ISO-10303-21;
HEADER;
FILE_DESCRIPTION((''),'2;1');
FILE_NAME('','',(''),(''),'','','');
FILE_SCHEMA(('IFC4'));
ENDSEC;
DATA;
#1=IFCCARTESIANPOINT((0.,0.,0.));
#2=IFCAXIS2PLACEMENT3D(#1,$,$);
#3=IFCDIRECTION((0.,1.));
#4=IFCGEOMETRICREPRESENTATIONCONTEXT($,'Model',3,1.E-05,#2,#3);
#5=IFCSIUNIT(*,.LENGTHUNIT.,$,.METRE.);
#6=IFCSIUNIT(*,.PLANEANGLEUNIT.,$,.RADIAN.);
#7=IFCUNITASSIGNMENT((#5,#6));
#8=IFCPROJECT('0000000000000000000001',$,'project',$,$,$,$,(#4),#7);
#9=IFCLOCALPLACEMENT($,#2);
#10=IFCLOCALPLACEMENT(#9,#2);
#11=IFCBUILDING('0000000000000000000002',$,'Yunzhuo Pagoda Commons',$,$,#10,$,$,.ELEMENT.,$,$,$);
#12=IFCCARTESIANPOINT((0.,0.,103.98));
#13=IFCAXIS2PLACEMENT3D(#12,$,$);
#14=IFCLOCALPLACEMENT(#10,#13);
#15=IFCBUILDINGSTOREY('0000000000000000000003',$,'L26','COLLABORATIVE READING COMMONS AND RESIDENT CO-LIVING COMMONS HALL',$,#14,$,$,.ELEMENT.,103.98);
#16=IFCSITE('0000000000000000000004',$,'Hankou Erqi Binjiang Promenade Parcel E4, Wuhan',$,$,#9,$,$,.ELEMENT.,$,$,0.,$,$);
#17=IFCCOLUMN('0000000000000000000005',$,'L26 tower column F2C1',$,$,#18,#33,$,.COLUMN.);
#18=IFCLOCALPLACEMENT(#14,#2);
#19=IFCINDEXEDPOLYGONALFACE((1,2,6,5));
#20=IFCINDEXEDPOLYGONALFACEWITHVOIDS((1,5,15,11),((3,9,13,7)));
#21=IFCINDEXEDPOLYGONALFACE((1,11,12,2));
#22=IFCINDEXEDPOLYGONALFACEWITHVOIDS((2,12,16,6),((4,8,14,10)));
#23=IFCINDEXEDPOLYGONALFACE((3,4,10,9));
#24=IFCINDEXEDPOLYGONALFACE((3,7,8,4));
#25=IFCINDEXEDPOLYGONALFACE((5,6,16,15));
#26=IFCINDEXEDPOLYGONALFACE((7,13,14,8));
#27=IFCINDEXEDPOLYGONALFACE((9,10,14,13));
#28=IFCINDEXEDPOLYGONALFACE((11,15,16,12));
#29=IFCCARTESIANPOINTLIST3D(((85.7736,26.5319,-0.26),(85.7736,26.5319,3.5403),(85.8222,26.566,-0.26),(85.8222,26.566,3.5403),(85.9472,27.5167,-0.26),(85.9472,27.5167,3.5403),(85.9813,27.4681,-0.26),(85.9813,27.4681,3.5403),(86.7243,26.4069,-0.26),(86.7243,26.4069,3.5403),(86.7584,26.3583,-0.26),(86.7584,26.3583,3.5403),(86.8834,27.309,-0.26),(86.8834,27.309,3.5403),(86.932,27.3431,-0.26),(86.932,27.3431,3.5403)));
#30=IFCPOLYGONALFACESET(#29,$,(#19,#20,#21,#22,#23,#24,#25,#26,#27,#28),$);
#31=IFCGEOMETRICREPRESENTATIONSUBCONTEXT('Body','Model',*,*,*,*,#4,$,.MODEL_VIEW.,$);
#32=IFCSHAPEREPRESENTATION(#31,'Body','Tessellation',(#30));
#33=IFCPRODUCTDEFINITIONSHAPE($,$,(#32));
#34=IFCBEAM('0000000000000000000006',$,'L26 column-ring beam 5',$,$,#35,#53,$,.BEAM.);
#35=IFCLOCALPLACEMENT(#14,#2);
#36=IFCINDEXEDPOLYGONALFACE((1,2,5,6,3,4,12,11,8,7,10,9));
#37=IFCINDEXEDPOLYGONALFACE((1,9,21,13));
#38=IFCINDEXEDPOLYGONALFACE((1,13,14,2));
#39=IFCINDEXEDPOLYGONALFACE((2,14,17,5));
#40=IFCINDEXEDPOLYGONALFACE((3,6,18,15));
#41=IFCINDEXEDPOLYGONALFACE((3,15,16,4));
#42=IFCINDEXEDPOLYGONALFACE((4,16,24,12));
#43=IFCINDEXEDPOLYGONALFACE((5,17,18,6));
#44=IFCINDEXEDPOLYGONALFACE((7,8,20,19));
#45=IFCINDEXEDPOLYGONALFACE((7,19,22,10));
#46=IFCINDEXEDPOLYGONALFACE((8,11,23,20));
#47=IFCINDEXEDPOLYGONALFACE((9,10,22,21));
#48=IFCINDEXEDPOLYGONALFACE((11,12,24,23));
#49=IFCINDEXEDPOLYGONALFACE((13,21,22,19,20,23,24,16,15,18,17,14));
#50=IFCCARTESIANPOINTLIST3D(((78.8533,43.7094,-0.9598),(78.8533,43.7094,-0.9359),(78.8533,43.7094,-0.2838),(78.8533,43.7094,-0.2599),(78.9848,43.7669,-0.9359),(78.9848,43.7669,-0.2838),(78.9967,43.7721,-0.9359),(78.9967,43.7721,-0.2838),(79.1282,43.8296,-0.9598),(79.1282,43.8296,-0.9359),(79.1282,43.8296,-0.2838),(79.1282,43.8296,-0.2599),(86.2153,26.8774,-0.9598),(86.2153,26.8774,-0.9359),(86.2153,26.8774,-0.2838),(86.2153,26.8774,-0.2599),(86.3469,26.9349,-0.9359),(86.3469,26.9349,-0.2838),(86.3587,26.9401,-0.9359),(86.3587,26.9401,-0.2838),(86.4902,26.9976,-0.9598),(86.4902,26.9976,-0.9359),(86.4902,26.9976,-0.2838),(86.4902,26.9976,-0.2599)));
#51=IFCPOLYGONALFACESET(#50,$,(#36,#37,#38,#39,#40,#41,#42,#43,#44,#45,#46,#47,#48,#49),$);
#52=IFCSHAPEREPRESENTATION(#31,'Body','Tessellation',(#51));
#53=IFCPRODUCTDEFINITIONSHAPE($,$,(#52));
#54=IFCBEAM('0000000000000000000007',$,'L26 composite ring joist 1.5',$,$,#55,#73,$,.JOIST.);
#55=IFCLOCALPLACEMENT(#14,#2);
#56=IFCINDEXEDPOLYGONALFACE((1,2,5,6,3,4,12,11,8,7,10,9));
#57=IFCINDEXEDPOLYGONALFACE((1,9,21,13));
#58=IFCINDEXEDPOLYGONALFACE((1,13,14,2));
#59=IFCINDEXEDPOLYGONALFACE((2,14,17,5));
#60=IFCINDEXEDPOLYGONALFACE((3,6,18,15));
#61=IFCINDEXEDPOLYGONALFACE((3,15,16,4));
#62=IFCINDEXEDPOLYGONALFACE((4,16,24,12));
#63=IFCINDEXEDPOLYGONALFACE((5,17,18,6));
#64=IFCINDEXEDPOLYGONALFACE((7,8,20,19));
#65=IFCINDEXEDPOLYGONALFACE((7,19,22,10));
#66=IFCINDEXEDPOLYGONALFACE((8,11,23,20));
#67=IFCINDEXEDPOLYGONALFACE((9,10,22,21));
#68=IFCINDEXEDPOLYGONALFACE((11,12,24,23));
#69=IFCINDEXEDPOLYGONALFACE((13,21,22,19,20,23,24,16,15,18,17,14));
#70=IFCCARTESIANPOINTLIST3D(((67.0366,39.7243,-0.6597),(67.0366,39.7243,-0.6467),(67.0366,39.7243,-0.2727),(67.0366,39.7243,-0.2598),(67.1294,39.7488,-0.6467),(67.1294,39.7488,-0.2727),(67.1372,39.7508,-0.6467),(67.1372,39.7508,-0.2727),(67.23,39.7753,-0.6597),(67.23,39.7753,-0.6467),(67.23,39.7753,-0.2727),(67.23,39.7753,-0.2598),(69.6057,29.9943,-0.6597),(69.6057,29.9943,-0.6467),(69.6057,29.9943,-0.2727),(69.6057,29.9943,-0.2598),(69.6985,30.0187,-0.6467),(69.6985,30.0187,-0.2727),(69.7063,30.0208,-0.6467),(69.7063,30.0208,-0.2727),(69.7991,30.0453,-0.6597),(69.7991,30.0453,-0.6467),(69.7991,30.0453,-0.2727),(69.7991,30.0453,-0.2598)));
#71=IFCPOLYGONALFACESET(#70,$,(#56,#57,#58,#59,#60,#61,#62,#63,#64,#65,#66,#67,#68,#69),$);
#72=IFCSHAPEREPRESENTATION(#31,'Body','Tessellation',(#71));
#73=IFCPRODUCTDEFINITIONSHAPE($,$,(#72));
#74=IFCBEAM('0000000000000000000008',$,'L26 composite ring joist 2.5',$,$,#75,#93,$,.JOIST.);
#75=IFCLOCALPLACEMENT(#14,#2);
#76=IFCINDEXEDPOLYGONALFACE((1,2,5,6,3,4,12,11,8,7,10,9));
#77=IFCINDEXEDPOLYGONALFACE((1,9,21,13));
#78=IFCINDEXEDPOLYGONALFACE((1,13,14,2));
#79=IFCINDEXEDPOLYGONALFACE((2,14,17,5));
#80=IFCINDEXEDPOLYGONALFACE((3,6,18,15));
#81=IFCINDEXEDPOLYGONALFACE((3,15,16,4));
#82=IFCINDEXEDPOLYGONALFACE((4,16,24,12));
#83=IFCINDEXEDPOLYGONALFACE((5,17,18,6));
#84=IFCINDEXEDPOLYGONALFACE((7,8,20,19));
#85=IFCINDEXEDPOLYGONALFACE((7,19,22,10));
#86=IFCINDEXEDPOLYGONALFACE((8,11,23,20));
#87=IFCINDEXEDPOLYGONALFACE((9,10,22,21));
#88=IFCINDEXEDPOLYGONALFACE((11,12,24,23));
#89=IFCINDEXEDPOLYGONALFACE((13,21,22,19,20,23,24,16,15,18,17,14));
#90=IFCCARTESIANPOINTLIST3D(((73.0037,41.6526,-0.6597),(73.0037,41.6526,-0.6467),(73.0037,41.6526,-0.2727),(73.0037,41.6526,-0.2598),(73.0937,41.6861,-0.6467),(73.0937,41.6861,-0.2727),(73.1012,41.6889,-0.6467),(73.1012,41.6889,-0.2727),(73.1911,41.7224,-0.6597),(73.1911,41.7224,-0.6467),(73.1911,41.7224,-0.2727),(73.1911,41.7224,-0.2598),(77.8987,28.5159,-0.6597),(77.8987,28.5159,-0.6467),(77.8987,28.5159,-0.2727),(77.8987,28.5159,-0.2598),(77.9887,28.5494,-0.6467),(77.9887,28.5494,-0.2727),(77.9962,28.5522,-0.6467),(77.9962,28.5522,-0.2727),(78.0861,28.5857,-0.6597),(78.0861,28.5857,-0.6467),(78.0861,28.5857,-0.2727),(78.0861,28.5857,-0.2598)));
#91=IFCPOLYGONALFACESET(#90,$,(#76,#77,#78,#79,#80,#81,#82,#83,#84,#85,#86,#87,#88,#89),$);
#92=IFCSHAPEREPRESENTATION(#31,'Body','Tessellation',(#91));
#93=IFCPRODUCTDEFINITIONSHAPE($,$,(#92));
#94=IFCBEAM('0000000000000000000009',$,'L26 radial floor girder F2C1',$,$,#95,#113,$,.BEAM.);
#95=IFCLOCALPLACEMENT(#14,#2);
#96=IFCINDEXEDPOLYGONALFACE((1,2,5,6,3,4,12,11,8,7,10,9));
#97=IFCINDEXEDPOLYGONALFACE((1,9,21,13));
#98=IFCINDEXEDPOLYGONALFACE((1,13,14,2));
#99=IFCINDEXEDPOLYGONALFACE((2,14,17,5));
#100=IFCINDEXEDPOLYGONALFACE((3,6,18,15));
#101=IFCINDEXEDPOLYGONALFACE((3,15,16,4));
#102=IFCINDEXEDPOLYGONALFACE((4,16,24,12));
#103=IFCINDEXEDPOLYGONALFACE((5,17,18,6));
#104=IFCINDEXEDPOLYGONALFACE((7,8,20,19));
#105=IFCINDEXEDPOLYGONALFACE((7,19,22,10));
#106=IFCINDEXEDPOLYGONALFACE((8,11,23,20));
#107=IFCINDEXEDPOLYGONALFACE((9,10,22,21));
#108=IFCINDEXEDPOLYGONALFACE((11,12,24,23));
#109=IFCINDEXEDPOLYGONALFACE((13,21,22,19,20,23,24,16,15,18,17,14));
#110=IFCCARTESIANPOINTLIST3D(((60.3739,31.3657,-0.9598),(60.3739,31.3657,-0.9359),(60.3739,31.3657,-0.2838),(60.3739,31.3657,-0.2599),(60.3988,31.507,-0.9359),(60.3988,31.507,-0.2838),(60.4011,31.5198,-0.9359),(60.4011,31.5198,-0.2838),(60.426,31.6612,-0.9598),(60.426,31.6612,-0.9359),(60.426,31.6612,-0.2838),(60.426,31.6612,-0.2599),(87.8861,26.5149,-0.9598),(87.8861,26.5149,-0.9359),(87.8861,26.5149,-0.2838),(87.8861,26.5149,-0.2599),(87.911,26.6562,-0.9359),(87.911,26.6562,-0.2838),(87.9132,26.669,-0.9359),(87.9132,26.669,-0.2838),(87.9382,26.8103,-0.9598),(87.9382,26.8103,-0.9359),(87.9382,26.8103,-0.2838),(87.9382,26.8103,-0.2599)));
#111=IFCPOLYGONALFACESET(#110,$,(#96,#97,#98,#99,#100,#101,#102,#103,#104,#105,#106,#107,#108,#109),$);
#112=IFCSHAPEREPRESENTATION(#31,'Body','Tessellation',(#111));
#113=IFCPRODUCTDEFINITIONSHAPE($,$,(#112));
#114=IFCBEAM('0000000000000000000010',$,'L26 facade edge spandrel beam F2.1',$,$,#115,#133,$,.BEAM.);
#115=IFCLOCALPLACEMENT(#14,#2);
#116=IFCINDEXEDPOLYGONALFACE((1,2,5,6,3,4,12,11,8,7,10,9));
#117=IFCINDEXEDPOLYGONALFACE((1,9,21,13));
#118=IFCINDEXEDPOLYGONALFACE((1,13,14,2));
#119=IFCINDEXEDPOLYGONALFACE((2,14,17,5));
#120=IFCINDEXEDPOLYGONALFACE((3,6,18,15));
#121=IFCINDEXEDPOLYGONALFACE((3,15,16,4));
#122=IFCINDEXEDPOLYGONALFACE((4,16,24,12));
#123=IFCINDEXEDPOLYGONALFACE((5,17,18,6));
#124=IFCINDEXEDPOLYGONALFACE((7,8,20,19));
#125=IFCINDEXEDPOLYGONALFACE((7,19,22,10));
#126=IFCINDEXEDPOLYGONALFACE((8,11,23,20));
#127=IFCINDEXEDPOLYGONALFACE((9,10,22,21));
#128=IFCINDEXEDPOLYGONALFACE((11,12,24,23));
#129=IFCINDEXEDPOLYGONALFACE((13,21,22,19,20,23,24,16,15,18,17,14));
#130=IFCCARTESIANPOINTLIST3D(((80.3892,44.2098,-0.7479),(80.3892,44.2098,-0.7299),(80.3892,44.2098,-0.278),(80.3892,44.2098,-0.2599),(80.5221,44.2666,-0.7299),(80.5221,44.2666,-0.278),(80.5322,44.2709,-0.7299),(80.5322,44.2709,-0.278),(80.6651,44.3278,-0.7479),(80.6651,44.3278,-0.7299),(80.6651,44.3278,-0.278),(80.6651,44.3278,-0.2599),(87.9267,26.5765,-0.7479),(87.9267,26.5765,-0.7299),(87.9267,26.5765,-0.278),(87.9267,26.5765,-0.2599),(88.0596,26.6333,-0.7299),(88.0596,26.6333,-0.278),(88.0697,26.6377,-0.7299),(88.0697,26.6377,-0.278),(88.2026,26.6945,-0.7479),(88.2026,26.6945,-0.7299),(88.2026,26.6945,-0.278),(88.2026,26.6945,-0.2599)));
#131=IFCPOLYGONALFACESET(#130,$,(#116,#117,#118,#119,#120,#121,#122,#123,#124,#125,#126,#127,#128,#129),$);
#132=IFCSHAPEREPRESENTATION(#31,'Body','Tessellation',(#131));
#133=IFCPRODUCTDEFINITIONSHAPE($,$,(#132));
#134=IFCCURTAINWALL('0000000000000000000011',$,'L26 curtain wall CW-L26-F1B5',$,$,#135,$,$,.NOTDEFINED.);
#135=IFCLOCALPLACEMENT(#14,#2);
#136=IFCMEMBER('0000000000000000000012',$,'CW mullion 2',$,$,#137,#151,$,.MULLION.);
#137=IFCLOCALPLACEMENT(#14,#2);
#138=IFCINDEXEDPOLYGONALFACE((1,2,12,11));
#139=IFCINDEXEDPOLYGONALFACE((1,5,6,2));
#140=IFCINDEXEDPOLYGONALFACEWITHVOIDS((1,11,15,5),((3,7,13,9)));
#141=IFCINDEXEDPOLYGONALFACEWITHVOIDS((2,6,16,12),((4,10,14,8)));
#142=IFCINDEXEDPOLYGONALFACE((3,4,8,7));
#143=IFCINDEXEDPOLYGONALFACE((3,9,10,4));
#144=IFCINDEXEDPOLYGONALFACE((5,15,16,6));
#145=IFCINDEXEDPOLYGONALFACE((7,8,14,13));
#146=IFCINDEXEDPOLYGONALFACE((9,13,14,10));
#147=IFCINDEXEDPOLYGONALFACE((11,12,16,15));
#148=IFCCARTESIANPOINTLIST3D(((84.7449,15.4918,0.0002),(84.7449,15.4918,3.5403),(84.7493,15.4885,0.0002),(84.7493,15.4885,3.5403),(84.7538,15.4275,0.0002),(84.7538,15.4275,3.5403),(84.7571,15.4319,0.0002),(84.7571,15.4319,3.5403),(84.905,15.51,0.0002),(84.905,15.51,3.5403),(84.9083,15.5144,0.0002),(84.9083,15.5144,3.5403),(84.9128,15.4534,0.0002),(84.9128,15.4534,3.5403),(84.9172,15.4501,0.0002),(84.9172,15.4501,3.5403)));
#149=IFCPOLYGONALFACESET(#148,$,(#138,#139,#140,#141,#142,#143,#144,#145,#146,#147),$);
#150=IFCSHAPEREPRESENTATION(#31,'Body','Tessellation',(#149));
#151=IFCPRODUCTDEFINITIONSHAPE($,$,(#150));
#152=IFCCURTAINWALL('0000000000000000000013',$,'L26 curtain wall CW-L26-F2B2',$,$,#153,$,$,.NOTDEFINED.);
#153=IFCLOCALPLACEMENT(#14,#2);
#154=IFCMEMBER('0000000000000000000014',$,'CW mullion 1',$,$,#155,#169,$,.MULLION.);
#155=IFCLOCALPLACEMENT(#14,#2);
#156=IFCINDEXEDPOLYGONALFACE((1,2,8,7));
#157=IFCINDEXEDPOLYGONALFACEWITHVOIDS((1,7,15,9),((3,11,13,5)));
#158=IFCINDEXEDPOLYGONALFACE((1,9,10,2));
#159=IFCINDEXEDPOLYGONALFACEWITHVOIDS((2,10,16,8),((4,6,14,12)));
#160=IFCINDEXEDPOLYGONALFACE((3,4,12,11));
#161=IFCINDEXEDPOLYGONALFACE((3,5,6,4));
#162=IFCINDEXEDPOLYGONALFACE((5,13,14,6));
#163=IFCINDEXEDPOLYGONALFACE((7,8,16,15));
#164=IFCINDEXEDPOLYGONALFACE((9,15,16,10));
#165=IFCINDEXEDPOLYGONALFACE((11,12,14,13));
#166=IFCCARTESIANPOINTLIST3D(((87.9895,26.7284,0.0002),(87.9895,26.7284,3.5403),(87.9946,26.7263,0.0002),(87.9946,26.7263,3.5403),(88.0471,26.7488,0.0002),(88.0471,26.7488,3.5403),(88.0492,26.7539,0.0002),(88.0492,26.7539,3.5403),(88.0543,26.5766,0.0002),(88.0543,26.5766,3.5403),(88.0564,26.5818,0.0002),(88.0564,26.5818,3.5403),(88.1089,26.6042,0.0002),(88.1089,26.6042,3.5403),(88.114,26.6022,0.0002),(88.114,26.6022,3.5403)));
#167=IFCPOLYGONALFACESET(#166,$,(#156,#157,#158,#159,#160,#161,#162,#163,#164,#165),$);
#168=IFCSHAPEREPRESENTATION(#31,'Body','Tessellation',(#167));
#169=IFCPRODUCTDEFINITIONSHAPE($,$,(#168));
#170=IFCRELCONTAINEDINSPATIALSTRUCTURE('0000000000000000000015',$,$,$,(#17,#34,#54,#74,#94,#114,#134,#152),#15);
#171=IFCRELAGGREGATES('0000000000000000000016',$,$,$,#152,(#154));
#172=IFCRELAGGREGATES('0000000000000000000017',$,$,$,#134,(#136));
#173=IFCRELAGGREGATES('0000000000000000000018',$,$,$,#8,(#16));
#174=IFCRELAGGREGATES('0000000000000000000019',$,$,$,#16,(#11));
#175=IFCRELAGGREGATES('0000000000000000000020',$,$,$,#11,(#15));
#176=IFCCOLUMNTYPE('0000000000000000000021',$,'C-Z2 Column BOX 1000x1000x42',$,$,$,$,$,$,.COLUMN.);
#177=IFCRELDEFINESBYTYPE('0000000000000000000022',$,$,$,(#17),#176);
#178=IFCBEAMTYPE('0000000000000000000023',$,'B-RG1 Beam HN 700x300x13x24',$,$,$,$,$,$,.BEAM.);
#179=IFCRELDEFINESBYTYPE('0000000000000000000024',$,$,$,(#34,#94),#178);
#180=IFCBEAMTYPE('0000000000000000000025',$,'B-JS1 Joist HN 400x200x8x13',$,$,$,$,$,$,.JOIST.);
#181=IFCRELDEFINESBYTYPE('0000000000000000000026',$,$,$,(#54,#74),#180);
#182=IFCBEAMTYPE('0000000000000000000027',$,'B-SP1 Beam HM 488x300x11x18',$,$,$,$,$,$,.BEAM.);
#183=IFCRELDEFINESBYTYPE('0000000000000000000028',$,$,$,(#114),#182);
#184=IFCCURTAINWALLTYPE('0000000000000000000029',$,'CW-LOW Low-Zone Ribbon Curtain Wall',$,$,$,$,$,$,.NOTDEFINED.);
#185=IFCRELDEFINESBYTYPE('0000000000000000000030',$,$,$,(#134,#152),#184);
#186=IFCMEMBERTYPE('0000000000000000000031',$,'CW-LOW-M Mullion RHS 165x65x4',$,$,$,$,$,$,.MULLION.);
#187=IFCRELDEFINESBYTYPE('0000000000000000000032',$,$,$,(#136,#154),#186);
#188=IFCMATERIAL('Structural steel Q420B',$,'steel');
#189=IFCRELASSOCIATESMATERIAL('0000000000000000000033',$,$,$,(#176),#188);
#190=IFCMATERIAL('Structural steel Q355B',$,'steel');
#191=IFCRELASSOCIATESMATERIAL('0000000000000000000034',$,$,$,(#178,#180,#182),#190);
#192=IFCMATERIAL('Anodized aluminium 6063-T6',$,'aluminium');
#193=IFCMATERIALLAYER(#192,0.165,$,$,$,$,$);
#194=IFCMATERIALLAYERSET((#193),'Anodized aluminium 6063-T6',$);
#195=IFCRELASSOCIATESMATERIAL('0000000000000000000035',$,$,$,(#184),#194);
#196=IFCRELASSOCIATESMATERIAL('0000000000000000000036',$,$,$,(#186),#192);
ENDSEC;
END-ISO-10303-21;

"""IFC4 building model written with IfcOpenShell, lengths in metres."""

from ifc_helpers import new_model, si_unit, direction, frame, origin, origin_2d, place, context, subcontext, project, spatial, hollow_rectangle, i_section, extrude, source, transform, mapped, material, layer, layer_set, material_profile, profile_set, type_object, element, aggregate, save


model = new_model("IFC4")

# Units and contexts
model_context = context("Model", 3, precision=1e-05, world=origin(), true_north=direction((0.0, 1.0)))
body_context = subcontext(model_context, "Body", "Model", "MODEL_VIEW")
ifc_project = project(units=[si_unit("LENGTHUNIT", "METRE"), si_unit("PLANEANGLEUNIT", "RADIAN")], contexts=[model_context])

# Site, building, storey
site_placement = place(None, origin())
site = spatial("IfcSite", under=ifc_project, at=site_placement, Name="Hankou Erqi Binjiang Promenade Parcel E4, Wuhan", CompositionType="ELEMENT", RefElevation=0.0)
building_placement = place(site_placement, origin())
building = spatial("IfcBuilding", under=site, at=building_placement, Name="Yunzhuo Pagoda Commons", CompositionType="ELEMENT")
storey_placement = place(building_placement, frame((0.0, 0.0, 103.98)))
storey = spatial("IfcBuildingStorey", under=building, at=storey_placement, Name="L26", Description="COLLABORATIVE READING COMMONS AND RESIDENT CO-LIVING COMMONS HALL", CompositionType="ELEMENT", Elevation=103.98)

# Column
ifc_material_1 = material(Name="Structural steel Q420B", Category="steel")
ifc_material_profile_1 = material_profile(ifc_material_1, hollow_rectangle(XDim=1.0, YDim=1.0, WallThickness=0.042, at=origin_2d()), Name="Structural steel Q420B")
ifc_profile_set_1 = profile_set([ifc_material_profile_1], Name="Structural steel Q420B")
column_type = type_object("IfcColumnType", Name="C-Z2 Column BOX 1000x1000x42", PredefinedType="COLUMN", material=ifc_profile_set_1)
shared_shape_1 = source(origin(), body_context, "Body", "SweptSolid", [
    extrude(hollow_rectangle(XDim=1.0, YDim=1.0, WallThickness=0.042, at=origin_2d()), origin(), (0.0, 0.0, 1.0), 3.8003),
])
column_placement = place(storey_placement, frame((86.3528, 26.9375, -0.26), z_axis=(0.0, 0.0, 1.0), x_axis=(0.173648, 0.984808, 0.0)))
element("IfcColumn", 1, at=column_placement, inside=storey, type_object=column_type, Name="L26 tower column F2C1", PredefinedType="COLUMN", context=body_context, shape_type="MappedRepresentation", body=[
    mapped(shared_shape_1, transform((0.0, 0.0, 0.0), scale=1.0)),
])

# Beams
ifc_material_2 = material(Name="Structural steel Q355B", Category="steel")
ifc_material_profile_2 = material_profile(ifc_material_2, i_section(OverallWidth=0.3, OverallDepth=0.7, WebThickness=0.0129, FlangeThickness=0.0239, at=origin_2d()), Name="Structural steel Q355B")
ifc_profile_set_2 = profile_set([ifc_material_profile_2], Name="Structural steel Q355B")
beam_type_1 = type_object("IfcBeamType", Name="B-RG1 Beam HN 700x300x13x24", PredefinedType="BEAM", material=ifc_profile_set_2)
shared_shape_2 = source(origin(), body_context, "Body", "SweptSolid", [
    extrude(i_section(OverallWidth=0.3, OverallDepth=0.7, WebThickness=0.0129, FlangeThickness=0.0239, at=origin_2d()), origin(), (0.0, 0.0, 1.0), 18.3716),
])
beam_1_placement = place(storey_placement, frame((86.3528, 26.9375, -0.6099), z_axis=(-0.40073, 0.916196, 0.0), x_axis=(-0.916196, -0.40073, 0.0)))
element("IfcBeam", 2, at=beam_1_placement, inside=storey, type_object=beam_type_1, Name="L26 column-ring beam 5", PredefinedType="BEAM", context=body_context, shape_type="MappedRepresentation", body=[
    mapped(shared_shape_2, transform((0.0, 0.0, 0.0), scale=1.0)),
])
ifc_material_profile_3 = material_profile(ifc_material_2, i_section(OverallWidth=0.2, OverallDepth=0.3999, WebThickness=0.0081, FlangeThickness=0.0129, at=origin_2d()), Name="Structural steel Q355B")
ifc_profile_set_3 = profile_set([ifc_material_profile_3], Name="Structural steel Q355B")
beam_type_2 = type_object("IfcBeamType", Name="B-JS1 Joist HN 400x200x8x13", PredefinedType="JOIST", material=ifc_profile_set_3)
shared_shape_3 = source(origin(), body_context, "Body", "SweptSolid", [
    extrude(i_section(OverallWidth=0.2, OverallDepth=0.3999, WebThickness=0.0081, FlangeThickness=0.0129, at=origin_2d()), origin(), (0.0, 0.0, 1.0), 10.0635),
])
beam_2_placement = place(storey_placement, frame((69.7024, 30.0198, -0.4597), z_axis=(-0.25529, 0.966865, 0.0), x_axis=(-0.966865, -0.25529, 0.0)))
element("IfcBeam", 3, at=beam_2_placement, inside=storey, type_object=beam_type_2, Name="L26 composite ring joist 1.5", PredefinedType="JOIST", context=body_context, shape_type="MappedRepresentation", body=[
    mapped(shared_shape_3, transform((0.0, 0.0, 0.0), scale=1.0)),
])
shared_shape_4 = source(origin(), body_context, "Body", "SweptSolid", [
    extrude(i_section(OverallWidth=0.2, OverallDepth=0.3999, WebThickness=0.0081, FlangeThickness=0.0129, at=origin_2d()), origin(), (0.0, 0.0, 1.0), 14.019),
])
beam_3_placement = place(storey_placement, frame((77.9924, 28.5508, -0.4597), z_axis=(-0.349168, 0.93706, 0.0), x_axis=(-0.93706, -0.349168, 0.0)))
element("IfcBeam", 4, at=beam_3_placement, inside=storey, type_object=beam_type_2, Name="L26 composite ring joist 2.5", PredefinedType="JOIST", context=body_context, shape_type="MappedRepresentation", body=[
    mapped(shared_shape_4, transform((0.0, 0.0, 0.0), scale=1.0)),
])
shared_shape_5 = source(origin(), body_context, "Body", "SweptSolid", [
    extrude(i_section(OverallWidth=0.3, OverallDepth=0.7, WebThickness=0.0129, FlangeThickness=0.0239, at=origin_2d()), origin(), (0.0, 0.0, 1.0), 27.9365),
])
beam_4_placement = place(storey_placement, frame((87.9121, 26.6626, -0.6099), z_axis=(-0.98481, 0.173637, 0.0), x_axis=(-0.173637, -0.98481, 0.0)))
element("IfcBeam", 5, at=beam_4_placement, inside=storey, type_object=beam_type_1, Name="L26 radial floor girder F2C1", PredefinedType="BEAM", context=body_context, shape_type="MappedRepresentation", body=[
    mapped(shared_shape_5, transform((0.0, 0.0, 0.0), scale=1.0)),
])
ifc_material_profile_4 = material_profile(ifc_material_2, i_section(OverallWidth=0.3, OverallDepth=0.488, WebThickness=0.011, FlangeThickness=0.0181, at=origin_2d()), Name="Structural steel Q355B")
ifc_profile_set_4 = profile_set([ifc_material_profile_4], Name="Structural steel Q355B")
beam_type_3 = type_object("IfcBeamType", Name="B-SP1 Beam HM 488x300x11x18", PredefinedType="BEAM", material=ifc_profile_set_4)
shared_shape_6 = source(origin(), body_context, "Body", "SweptSolid", [
    extrude(i_section(OverallWidth=0.3, OverallDepth=0.488, WebThickness=0.011, FlangeThickness=0.0181, at=origin_2d()), origin(), (0.0, 0.0, 1.0), 19.1768),
])
beam_5_placement = place(storey_placement, frame((88.0647, 26.6355, -0.5039), z_axis=(-0.393059, 0.919513, 0.0), x_axis=(-0.919513, -0.393059, 0.0)))
element("IfcBeam", 6, at=beam_5_placement, inside=storey, type_object=beam_type_3, Name="L26 facade edge spandrel beam F2.1", PredefinedType="BEAM", context=body_context, shape_type="MappedRepresentation", body=[
    mapped(shared_shape_6, transform((0.0, 0.0, 0.0), scale=1.0)),
])

# Curtain walls, members
ifc_material_3 = material(Name="Anodized aluminium 6063-T6", Category="aluminium")
ifc_layer_1 = layer(ifc_material_3, 0.165)
ifc_layer_set_1 = layer_set([ifc_layer_1], Name="Anodized aluminium 6063-T6")
curtain_wall_type = type_object("IfcCurtainWallType", Name="CW-LOW Low-Zone Ribbon Curtain Wall", PredefinedType="NOTDEFINED", material=ifc_layer_set_1)
curtain_wall_1_placement = place(storey_placement, origin())
curtain_wall_1 = element("IfcCurtainWall", 7, at=curtain_wall_1_placement, inside=storey, type_object=curtain_wall_type, Name="L26 curtain wall CW-L26-F1B5", PredefinedType="NOTDEFINED")
ifc_material_profile_5 = material_profile(ifc_material_3, hollow_rectangle(XDim=0.0649, YDim=0.165, WallThickness=0.0039, at=origin_2d()), Name="Anodized aluminium 6063-T6")
ifc_profile_set_5 = profile_set([ifc_material_profile_5], Name="Anodized aluminium 6063-T6")
member_type_1 = type_object("IfcMemberType", Name="CW-LOW-M Mullion RHS 165x65x4", PredefinedType="MULLION", material=ifc_profile_set_5)
shared_shape_7 = source(origin(), body_context, "Body", "SweptSolid", [
    extrude(hollow_rectangle(XDim=0.0649, YDim=0.165, WallThickness=0.0039, at=origin_2d()), origin(), (0.0, 0.0, 1.0), 3.54),
])
member_1_placement = place(storey_placement, frame((84.8311, 15.4709, 0.0002), z_axis=(0.0, 0.0, 1.0), x_axis=(-0.137082, 0.99056, 0.0)))
member_1 = element("IfcMember", 8, at=member_1_placement, type_object=member_type_1, Name="CW mullion 2", PredefinedType="MULLION", context=body_context, shape_type="MappedRepresentation", body=[
    mapped(shared_shape_7, transform((0.0, 0.0, 0.0), scale=1.0)),
])
curtain_wall_2_placement = place(storey_placement, origin())
curtain_wall_2 = element("IfcCurtainWall", 9, at=curtain_wall_2_placement, inside=storey, type_object=curtain_wall_type, Name="L26 curtain wall CW-L26-F2B2", PredefinedType="NOTDEFINED")
member_2_placement = place(storey_placement, frame((88.0518, 26.6653, 0.0002), z_axis=(0.0, 0.0, 1.0), x_axis=(-0.919516, -0.393052, 0.0)))
member_2 = element("IfcMember", 10, at=member_2_placement, type_object=member_type_1, Name="CW mullion 1", PredefinedType="MULLION", context=body_context, shape_type="MappedRepresentation", body=[
    mapped(shared_shape_7, transform((0.0, 0.0, 0.0), scale=1.0)),
])

aggregate(curtain_wall_2, [member_2])
aggregate(curtain_wall_1, [member_1])

save(model, "model.ifc")
